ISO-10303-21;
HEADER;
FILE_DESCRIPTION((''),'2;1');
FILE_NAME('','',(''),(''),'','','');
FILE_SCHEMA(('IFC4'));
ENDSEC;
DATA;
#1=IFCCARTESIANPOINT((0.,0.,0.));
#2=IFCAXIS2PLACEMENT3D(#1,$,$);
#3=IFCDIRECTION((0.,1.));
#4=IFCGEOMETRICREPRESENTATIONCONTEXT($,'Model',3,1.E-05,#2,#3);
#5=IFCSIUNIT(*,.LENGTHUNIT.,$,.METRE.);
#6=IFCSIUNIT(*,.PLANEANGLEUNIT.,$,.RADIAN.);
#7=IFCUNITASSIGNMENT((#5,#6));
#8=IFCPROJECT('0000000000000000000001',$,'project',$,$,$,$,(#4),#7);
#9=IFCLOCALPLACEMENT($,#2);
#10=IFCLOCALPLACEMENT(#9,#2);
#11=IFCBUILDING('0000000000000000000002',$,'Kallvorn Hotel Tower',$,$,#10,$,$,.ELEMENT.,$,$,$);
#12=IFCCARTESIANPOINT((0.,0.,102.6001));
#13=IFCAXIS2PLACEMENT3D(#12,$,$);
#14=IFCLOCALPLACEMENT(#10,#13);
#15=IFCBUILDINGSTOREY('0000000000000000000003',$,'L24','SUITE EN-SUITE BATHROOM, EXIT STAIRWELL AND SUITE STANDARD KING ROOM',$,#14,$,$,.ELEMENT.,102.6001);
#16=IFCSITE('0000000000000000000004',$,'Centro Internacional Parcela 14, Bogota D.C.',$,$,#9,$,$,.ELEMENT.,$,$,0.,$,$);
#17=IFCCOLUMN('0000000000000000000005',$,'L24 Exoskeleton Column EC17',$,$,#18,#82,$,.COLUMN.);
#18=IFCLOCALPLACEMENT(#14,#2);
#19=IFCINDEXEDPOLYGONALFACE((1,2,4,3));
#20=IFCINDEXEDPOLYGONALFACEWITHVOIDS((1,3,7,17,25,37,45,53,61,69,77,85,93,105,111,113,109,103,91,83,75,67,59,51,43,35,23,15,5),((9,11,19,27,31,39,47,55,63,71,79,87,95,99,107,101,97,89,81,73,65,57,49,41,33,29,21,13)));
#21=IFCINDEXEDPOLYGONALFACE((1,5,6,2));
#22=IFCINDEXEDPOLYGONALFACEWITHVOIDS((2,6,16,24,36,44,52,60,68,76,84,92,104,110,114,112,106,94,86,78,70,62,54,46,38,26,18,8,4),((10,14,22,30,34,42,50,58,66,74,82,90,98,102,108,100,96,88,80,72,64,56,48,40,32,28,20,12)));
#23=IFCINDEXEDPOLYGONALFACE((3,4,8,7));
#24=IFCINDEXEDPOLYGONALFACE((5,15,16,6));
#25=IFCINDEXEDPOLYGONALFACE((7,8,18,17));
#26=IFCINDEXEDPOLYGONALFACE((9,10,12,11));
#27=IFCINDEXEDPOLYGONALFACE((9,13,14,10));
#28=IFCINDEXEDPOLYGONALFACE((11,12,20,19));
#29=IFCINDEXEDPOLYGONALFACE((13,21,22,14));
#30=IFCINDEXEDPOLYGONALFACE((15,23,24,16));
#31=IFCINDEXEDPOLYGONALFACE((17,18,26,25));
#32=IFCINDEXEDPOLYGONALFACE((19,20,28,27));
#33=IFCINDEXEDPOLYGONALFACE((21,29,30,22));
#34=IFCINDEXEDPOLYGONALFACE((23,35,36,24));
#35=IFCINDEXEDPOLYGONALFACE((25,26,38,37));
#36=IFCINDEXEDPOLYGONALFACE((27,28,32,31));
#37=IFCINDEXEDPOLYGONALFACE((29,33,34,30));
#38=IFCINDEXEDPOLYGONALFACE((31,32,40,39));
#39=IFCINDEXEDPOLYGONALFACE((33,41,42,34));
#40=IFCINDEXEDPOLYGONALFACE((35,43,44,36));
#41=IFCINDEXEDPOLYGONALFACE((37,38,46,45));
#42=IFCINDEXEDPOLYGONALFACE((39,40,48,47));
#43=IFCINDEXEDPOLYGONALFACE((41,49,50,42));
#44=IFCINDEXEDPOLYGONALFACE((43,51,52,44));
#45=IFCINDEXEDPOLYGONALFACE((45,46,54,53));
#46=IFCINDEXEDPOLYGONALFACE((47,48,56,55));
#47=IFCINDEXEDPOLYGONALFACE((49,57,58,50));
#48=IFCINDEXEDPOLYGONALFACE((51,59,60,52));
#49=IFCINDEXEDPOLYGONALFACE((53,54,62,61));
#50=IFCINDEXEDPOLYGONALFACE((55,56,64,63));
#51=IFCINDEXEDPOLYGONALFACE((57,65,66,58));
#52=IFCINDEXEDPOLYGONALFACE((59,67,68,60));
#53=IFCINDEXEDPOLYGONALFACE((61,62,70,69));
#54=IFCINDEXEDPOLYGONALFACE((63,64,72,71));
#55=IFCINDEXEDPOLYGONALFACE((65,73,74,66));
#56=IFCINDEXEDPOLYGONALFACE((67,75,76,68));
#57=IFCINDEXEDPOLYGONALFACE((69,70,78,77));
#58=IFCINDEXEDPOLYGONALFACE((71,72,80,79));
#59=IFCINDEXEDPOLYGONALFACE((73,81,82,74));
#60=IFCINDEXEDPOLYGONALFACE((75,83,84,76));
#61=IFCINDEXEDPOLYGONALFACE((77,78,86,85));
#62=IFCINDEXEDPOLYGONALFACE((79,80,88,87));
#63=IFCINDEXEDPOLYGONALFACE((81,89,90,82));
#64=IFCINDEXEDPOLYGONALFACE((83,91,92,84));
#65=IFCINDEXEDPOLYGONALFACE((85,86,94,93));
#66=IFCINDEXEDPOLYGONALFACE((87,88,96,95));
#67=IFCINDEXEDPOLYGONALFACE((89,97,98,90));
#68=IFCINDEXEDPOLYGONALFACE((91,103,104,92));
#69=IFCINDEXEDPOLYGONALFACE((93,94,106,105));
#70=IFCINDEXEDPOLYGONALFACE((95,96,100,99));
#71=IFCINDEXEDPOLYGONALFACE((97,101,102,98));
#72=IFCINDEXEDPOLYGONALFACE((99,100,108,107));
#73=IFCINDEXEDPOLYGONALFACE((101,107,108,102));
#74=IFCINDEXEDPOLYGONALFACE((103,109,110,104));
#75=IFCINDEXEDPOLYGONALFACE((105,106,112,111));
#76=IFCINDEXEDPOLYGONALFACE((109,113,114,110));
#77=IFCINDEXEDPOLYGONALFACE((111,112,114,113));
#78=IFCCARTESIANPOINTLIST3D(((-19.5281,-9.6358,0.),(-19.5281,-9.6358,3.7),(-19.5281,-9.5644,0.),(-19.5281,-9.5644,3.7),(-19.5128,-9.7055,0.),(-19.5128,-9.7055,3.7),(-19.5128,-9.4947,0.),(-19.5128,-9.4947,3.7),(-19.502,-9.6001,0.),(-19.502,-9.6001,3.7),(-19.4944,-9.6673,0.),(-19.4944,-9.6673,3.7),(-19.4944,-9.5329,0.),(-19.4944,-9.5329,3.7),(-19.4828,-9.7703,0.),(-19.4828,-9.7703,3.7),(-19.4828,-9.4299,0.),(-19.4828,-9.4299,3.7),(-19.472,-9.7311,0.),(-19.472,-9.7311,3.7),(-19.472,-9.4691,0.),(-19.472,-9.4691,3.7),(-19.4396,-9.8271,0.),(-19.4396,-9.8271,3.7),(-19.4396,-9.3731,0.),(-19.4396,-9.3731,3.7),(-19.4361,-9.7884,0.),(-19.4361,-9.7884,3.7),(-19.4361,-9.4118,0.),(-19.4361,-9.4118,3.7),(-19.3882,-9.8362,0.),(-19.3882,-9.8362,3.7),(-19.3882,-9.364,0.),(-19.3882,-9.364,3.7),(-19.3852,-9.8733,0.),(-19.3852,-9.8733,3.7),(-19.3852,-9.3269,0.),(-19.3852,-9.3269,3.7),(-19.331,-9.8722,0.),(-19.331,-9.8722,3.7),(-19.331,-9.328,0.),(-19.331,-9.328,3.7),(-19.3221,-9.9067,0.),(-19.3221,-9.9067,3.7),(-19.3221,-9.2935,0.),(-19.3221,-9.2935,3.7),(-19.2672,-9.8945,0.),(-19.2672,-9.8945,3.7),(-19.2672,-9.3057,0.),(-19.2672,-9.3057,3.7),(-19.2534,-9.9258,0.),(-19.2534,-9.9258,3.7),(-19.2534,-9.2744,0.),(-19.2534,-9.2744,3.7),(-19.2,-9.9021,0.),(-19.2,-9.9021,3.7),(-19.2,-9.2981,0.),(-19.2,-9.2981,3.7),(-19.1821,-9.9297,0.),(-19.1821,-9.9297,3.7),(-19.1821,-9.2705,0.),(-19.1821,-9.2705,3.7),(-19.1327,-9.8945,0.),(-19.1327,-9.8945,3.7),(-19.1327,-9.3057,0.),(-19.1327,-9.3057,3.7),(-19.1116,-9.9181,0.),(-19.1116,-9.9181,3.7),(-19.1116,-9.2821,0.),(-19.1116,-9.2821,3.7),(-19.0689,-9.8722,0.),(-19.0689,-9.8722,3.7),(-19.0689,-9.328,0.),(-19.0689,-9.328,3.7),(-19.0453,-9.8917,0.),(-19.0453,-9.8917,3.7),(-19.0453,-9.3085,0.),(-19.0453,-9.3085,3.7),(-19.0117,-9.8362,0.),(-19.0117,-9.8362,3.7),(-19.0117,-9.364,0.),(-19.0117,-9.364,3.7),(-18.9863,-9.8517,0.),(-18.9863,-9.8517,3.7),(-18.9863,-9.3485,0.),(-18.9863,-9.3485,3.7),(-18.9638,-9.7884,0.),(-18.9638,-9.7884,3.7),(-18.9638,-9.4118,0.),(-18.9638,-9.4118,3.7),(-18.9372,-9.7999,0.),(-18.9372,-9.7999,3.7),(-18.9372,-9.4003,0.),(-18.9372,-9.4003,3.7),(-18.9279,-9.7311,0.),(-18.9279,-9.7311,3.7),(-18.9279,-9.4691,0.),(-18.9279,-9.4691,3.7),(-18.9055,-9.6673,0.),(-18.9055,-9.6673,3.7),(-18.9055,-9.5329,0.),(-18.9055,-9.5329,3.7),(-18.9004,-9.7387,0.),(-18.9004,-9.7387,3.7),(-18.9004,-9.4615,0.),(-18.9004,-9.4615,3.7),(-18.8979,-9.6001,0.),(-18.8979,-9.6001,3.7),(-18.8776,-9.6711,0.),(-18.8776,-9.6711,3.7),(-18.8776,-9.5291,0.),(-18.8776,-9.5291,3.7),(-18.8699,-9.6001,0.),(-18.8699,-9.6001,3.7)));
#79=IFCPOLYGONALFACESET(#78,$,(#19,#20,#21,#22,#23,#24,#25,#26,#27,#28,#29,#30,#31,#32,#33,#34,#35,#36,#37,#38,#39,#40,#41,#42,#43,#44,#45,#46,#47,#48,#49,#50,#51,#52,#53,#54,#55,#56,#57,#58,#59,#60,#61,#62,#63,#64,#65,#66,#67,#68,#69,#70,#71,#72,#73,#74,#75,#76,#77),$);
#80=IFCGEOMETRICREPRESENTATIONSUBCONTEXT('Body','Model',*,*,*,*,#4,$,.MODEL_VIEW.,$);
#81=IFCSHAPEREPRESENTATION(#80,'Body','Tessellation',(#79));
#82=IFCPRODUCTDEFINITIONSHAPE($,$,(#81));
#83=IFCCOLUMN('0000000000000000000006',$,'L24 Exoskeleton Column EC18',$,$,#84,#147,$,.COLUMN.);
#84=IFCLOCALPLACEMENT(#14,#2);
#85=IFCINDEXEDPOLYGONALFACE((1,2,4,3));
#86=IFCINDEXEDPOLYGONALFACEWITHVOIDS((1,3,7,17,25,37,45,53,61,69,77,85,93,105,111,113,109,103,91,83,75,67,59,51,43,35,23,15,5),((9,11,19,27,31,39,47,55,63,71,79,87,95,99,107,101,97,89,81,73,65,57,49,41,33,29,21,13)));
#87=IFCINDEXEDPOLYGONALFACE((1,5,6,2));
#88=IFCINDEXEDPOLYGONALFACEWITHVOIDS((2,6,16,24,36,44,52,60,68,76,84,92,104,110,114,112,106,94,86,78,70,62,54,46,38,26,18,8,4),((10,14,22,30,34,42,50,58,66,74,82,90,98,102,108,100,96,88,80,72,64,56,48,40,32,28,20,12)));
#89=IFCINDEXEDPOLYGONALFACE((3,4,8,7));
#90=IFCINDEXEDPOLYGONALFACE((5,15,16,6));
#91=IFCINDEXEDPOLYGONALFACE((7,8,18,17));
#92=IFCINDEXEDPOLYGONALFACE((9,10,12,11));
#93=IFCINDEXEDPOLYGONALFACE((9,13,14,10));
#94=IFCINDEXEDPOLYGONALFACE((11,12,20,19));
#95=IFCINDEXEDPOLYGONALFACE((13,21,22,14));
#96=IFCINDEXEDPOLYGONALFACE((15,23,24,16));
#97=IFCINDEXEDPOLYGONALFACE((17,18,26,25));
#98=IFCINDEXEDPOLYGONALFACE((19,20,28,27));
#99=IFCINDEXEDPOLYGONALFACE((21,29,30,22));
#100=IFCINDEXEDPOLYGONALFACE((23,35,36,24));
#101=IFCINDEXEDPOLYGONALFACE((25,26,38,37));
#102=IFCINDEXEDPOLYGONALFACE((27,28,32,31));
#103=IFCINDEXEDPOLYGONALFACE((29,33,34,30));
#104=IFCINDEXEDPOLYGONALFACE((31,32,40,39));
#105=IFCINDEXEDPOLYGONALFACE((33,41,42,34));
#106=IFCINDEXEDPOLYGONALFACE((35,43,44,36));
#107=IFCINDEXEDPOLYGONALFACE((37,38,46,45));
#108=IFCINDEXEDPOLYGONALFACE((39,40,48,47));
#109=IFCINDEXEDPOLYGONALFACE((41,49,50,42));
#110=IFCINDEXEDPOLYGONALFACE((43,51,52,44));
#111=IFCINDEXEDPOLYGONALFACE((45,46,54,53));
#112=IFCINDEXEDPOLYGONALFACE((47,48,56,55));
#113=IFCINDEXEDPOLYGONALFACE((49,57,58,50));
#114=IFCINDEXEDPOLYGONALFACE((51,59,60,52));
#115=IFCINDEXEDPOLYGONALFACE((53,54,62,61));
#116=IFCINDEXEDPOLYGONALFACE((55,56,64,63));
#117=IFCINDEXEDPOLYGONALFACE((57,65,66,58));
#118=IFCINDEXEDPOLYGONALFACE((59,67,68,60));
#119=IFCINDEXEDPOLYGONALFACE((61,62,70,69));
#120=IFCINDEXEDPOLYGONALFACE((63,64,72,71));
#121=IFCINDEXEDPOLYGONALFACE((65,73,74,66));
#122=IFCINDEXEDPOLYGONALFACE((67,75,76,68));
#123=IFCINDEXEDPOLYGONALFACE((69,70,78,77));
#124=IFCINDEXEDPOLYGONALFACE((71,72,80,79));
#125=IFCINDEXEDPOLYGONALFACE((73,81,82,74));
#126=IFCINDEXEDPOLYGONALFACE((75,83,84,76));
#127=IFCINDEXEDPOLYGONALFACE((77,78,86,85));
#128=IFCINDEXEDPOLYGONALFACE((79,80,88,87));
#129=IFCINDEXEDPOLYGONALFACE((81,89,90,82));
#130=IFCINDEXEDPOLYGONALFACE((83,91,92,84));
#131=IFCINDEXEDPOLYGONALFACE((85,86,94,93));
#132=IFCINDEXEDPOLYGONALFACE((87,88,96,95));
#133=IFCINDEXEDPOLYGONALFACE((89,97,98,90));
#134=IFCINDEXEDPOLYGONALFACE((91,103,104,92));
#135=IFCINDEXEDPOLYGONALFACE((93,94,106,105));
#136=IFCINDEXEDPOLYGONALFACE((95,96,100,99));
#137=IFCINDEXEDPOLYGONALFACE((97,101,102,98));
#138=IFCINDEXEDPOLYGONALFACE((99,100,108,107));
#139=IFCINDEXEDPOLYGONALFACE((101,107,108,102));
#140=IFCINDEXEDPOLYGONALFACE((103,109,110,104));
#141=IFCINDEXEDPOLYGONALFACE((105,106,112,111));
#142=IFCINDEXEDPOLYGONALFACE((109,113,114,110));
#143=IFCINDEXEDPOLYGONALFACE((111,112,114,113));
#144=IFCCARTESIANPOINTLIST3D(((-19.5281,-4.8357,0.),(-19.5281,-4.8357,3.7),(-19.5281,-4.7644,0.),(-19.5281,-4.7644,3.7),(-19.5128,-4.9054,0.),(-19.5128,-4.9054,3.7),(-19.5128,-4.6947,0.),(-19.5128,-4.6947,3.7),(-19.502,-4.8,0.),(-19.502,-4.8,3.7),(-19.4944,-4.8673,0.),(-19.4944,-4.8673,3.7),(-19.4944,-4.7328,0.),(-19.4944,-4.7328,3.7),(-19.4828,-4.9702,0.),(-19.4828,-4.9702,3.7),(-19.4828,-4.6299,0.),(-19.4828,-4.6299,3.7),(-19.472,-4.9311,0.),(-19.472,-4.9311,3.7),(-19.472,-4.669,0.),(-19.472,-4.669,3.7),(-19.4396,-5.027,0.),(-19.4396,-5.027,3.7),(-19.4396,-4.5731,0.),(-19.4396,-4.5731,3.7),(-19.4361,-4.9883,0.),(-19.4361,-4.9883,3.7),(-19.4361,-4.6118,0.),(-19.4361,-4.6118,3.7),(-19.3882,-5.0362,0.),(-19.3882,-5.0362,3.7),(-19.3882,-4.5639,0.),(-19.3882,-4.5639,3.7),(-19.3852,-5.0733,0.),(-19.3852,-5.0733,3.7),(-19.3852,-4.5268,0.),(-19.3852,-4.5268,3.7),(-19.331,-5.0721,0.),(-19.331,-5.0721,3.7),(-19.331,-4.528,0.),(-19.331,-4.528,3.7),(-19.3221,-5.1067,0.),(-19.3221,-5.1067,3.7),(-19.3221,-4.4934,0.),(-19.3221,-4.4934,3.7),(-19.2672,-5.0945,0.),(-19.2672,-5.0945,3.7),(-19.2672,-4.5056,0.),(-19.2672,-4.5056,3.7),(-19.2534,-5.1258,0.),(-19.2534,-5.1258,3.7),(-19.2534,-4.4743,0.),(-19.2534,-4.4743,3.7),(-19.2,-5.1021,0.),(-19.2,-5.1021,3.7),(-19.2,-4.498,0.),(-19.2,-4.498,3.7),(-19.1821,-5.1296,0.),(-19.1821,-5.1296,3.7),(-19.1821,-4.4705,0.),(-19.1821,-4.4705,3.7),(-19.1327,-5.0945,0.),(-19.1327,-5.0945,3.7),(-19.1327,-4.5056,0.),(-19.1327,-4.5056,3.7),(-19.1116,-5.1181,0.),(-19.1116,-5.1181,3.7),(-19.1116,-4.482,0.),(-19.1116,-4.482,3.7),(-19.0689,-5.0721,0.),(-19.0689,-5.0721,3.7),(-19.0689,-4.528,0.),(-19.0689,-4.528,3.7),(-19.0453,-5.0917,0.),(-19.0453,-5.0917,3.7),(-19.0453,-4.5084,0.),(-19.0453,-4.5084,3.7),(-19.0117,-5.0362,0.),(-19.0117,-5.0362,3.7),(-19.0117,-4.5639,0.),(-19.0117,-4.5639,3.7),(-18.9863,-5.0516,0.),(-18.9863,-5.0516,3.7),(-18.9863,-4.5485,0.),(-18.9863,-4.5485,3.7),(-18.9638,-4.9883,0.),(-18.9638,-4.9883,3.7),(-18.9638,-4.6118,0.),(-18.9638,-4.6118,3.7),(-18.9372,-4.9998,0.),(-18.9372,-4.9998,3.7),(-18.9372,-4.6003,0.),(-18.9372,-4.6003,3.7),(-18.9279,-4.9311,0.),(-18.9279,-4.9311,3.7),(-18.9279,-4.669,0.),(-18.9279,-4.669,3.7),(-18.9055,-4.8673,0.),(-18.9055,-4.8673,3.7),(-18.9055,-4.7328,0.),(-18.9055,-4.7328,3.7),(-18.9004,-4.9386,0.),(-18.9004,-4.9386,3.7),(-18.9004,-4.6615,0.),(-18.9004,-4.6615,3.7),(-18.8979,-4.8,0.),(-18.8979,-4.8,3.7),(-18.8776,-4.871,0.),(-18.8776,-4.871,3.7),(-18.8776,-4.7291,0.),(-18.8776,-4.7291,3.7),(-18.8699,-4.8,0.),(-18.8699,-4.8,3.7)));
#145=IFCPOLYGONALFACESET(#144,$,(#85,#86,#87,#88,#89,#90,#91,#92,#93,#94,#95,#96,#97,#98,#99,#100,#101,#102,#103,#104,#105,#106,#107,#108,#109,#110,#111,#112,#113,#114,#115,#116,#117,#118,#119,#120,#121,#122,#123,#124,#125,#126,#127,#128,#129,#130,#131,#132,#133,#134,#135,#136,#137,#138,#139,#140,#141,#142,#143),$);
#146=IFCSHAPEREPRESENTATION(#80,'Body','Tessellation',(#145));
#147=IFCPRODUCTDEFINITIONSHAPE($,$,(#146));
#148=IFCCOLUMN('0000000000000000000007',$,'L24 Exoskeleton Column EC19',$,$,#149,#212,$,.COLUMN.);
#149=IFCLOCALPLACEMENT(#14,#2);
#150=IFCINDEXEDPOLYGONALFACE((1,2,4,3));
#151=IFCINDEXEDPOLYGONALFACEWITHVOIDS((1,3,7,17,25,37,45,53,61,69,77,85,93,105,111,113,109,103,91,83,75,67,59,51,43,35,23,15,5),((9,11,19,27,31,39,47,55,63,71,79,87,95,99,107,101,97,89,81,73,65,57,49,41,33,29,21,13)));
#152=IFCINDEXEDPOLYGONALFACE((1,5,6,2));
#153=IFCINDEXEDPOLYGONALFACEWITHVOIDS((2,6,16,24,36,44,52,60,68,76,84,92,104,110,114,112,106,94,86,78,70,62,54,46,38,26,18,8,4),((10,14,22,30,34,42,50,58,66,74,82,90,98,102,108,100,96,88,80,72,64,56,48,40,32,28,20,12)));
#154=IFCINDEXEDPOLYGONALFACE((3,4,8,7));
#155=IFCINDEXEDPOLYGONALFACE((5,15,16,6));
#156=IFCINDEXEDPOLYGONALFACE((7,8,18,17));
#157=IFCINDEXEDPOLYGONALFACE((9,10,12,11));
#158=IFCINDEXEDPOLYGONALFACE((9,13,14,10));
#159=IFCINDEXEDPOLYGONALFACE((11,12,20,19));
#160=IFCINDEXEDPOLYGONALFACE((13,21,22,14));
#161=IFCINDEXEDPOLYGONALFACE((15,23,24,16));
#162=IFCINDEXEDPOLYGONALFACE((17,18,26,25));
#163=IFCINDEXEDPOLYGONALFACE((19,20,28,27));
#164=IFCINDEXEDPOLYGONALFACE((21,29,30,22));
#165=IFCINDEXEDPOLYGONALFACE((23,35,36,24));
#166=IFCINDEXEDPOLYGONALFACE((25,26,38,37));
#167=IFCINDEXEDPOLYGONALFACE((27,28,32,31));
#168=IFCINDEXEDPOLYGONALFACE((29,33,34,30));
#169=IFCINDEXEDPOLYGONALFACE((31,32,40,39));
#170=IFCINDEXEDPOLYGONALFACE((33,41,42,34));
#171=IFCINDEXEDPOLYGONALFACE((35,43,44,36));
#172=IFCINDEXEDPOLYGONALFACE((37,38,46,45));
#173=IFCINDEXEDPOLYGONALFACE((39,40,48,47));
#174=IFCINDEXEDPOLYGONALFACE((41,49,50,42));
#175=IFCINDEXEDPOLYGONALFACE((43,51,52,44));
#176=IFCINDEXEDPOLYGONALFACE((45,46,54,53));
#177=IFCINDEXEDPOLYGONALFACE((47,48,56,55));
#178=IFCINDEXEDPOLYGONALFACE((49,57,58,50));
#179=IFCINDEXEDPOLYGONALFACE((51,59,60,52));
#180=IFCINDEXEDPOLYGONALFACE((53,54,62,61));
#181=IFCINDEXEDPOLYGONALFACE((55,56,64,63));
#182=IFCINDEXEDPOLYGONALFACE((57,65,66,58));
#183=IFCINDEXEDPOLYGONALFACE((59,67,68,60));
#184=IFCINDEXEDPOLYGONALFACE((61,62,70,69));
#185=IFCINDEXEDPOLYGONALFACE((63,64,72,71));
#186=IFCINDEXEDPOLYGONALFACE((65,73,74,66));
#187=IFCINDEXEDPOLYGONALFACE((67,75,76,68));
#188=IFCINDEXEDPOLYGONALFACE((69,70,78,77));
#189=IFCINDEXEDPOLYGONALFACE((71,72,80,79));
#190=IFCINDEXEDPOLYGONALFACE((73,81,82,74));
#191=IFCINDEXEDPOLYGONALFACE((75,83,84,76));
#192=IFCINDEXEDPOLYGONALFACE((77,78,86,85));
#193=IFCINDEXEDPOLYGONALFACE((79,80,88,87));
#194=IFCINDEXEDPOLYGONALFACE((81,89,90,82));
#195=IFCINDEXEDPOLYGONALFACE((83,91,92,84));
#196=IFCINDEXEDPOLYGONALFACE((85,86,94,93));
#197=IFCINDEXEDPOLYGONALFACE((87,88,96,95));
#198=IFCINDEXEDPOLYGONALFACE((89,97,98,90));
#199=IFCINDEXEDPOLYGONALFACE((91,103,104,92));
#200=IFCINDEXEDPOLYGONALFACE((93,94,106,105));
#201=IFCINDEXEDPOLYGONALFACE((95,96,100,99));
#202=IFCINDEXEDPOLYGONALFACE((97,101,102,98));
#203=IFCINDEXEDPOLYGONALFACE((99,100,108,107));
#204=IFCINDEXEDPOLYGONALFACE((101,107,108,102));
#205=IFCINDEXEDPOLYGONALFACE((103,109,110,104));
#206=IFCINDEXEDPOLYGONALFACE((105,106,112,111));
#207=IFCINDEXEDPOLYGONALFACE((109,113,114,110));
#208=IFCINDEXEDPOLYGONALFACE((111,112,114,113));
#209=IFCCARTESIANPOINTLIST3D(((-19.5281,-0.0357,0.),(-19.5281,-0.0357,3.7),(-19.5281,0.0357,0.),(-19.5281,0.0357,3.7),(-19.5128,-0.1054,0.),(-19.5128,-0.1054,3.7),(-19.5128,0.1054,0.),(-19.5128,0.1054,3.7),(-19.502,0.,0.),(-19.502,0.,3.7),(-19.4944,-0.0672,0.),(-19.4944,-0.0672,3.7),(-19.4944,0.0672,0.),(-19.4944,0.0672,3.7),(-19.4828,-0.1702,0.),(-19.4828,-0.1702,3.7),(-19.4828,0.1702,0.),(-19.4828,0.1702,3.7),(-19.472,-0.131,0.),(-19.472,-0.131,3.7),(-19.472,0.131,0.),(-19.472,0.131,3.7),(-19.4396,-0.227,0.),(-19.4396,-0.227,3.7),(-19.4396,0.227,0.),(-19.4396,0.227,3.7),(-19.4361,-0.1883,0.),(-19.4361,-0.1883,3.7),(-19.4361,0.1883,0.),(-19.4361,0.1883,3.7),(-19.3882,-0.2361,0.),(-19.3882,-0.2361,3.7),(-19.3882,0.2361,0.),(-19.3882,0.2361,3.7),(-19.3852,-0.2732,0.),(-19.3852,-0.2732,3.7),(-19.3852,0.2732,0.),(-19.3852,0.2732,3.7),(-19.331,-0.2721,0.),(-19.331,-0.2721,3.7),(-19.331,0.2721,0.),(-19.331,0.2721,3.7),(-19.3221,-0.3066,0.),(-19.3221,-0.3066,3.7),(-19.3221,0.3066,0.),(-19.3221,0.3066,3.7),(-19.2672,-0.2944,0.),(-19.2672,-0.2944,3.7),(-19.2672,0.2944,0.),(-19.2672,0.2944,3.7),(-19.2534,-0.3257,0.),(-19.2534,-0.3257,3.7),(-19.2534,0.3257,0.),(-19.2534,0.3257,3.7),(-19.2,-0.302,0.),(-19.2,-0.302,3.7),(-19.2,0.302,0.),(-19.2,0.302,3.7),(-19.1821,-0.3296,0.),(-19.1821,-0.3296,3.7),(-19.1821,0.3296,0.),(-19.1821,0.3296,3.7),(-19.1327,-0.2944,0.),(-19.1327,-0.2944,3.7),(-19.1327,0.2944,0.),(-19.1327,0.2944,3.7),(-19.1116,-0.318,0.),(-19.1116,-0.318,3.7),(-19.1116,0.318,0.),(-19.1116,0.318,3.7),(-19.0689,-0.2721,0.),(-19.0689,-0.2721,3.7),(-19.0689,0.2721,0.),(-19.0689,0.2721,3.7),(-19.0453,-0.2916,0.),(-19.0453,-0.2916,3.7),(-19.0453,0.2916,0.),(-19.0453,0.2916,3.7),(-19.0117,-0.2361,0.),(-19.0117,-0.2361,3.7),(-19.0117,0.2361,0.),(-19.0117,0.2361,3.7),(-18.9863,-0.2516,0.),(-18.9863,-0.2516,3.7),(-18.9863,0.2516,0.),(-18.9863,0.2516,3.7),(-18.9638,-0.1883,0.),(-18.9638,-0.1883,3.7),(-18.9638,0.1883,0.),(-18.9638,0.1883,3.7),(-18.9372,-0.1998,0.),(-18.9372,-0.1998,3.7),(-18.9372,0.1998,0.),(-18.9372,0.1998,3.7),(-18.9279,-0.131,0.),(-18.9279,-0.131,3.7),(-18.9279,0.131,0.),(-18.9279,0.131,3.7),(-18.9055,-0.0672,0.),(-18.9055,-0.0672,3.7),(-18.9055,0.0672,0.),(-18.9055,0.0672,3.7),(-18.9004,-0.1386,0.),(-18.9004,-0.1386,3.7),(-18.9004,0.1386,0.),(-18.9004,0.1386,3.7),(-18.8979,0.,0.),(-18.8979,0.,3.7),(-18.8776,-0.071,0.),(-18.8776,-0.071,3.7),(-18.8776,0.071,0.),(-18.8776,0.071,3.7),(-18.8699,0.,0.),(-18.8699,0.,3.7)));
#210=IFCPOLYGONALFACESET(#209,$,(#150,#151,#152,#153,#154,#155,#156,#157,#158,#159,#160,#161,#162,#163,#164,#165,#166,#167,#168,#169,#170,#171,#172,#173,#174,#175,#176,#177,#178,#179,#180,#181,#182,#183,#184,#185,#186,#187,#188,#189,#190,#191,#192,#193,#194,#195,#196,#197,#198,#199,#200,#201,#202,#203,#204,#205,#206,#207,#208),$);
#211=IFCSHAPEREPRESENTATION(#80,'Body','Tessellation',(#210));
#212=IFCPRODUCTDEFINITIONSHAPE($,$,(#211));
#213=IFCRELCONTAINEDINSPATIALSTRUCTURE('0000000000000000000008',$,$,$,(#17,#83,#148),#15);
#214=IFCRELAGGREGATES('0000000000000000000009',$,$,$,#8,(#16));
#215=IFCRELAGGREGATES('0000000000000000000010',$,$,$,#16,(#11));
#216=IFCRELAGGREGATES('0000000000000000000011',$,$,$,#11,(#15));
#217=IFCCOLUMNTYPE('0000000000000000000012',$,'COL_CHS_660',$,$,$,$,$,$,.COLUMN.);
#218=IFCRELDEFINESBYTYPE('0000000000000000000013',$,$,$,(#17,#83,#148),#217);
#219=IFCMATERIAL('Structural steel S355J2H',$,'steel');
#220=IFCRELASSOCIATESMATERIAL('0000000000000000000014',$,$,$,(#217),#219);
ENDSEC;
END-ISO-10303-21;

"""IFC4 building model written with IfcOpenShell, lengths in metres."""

from ifc_helpers import new_model, si_unit, direction, frame, origin, origin_2d, place, context, subcontext, project, spatial, hollow_circle, extrude, material, material_profile, profile_set, type_object, element, save


model = new_model("IFC4")

# Units and contexts
model_context = context("Model", 3, precision=1e-05, world=origin(), true_north=direction((0.0, 1.0)))
body_context = subcontext(model_context, "Body", "Model", "MODEL_VIEW")
ifc_project = project(units=[si_unit("LENGTHUNIT", "METRE"), si_unit("PLANEANGLEUNIT", "RADIAN")], contexts=[model_context])

# Site, building, storey
site_placement = place(None, origin())
site = spatial("IfcSite", under=ifc_project, at=site_placement, Name="Centro Internacional Parcela 14, Bogota D.C.", CompositionType="ELEMENT", RefElevation=0.0)
building_placement = place(site_placement, origin())
building = spatial("IfcBuilding", under=site, at=building_placement, Name="Kallvorn Hotel Tower", CompositionType="ELEMENT")
storey_placement = place(building_placement, frame((0.0, 0.0, 102.6001)))
storey = spatial("IfcBuildingStorey", under=building, at=storey_placement, Name="L24", Description="SUITE EN-SUITE BATHROOM, EXIT STAIRWELL AND SUITE STANDARD KING ROOM", CompositionType="ELEMENT", Elevation=102.6001)

# Columns
ifc_material_1 = material(Name="Structural steel S355J2H", Category="steel")
ifc_material_profile_1 = material_profile(ifc_material_1, hollow_circle(Radius=0.3301, WallThickness=0.0281, at=origin_2d()), Name="CHS 660x28")
ifc_profile_set_1 = profile_set([ifc_material_profile_1], Name="Structural steel S355J2H")
column_type_1 = type_object("IfcColumnType", Name="COL_CHS_660", PredefinedType="COLUMN", material=ifc_profile_set_1)
for number, where, z_axis, x_axis, name in (
    (1, (-19.2, -9.6001, 0.0), (0.0, 0.0, 1.0), (1.0, 0.0, 0.0), "L24 Exoskeleton Column EC17"),
    (2, (-19.2, -4.8, 0.0), (0.0, 0.0, 1.0), (1.0, 0.0, 0.0), "L24 Exoskeleton Column EC18"),
    (3, (-19.2, 0.0, 0.0), (0.0, 0.0, 1.0), (1.0, 0.0, 0.0), "L24 Exoskeleton Column EC19"),
):
    element("IfcColumn", number, at=place(storey_placement, frame(where, z_axis=z_axis, x_axis=x_axis)), inside=storey, type_object=column_type_1, Name=name, PredefinedType="COLUMN", context=body_context, shape_type="SweptSolid", body=[
        extrude(hollow_circle(Radius=0.3301, WallThickness=0.0281, at=origin_2d()), origin(), (0.0, 0.0, 1.0), 3.7),
    ])

save(model, "model.ifc")
